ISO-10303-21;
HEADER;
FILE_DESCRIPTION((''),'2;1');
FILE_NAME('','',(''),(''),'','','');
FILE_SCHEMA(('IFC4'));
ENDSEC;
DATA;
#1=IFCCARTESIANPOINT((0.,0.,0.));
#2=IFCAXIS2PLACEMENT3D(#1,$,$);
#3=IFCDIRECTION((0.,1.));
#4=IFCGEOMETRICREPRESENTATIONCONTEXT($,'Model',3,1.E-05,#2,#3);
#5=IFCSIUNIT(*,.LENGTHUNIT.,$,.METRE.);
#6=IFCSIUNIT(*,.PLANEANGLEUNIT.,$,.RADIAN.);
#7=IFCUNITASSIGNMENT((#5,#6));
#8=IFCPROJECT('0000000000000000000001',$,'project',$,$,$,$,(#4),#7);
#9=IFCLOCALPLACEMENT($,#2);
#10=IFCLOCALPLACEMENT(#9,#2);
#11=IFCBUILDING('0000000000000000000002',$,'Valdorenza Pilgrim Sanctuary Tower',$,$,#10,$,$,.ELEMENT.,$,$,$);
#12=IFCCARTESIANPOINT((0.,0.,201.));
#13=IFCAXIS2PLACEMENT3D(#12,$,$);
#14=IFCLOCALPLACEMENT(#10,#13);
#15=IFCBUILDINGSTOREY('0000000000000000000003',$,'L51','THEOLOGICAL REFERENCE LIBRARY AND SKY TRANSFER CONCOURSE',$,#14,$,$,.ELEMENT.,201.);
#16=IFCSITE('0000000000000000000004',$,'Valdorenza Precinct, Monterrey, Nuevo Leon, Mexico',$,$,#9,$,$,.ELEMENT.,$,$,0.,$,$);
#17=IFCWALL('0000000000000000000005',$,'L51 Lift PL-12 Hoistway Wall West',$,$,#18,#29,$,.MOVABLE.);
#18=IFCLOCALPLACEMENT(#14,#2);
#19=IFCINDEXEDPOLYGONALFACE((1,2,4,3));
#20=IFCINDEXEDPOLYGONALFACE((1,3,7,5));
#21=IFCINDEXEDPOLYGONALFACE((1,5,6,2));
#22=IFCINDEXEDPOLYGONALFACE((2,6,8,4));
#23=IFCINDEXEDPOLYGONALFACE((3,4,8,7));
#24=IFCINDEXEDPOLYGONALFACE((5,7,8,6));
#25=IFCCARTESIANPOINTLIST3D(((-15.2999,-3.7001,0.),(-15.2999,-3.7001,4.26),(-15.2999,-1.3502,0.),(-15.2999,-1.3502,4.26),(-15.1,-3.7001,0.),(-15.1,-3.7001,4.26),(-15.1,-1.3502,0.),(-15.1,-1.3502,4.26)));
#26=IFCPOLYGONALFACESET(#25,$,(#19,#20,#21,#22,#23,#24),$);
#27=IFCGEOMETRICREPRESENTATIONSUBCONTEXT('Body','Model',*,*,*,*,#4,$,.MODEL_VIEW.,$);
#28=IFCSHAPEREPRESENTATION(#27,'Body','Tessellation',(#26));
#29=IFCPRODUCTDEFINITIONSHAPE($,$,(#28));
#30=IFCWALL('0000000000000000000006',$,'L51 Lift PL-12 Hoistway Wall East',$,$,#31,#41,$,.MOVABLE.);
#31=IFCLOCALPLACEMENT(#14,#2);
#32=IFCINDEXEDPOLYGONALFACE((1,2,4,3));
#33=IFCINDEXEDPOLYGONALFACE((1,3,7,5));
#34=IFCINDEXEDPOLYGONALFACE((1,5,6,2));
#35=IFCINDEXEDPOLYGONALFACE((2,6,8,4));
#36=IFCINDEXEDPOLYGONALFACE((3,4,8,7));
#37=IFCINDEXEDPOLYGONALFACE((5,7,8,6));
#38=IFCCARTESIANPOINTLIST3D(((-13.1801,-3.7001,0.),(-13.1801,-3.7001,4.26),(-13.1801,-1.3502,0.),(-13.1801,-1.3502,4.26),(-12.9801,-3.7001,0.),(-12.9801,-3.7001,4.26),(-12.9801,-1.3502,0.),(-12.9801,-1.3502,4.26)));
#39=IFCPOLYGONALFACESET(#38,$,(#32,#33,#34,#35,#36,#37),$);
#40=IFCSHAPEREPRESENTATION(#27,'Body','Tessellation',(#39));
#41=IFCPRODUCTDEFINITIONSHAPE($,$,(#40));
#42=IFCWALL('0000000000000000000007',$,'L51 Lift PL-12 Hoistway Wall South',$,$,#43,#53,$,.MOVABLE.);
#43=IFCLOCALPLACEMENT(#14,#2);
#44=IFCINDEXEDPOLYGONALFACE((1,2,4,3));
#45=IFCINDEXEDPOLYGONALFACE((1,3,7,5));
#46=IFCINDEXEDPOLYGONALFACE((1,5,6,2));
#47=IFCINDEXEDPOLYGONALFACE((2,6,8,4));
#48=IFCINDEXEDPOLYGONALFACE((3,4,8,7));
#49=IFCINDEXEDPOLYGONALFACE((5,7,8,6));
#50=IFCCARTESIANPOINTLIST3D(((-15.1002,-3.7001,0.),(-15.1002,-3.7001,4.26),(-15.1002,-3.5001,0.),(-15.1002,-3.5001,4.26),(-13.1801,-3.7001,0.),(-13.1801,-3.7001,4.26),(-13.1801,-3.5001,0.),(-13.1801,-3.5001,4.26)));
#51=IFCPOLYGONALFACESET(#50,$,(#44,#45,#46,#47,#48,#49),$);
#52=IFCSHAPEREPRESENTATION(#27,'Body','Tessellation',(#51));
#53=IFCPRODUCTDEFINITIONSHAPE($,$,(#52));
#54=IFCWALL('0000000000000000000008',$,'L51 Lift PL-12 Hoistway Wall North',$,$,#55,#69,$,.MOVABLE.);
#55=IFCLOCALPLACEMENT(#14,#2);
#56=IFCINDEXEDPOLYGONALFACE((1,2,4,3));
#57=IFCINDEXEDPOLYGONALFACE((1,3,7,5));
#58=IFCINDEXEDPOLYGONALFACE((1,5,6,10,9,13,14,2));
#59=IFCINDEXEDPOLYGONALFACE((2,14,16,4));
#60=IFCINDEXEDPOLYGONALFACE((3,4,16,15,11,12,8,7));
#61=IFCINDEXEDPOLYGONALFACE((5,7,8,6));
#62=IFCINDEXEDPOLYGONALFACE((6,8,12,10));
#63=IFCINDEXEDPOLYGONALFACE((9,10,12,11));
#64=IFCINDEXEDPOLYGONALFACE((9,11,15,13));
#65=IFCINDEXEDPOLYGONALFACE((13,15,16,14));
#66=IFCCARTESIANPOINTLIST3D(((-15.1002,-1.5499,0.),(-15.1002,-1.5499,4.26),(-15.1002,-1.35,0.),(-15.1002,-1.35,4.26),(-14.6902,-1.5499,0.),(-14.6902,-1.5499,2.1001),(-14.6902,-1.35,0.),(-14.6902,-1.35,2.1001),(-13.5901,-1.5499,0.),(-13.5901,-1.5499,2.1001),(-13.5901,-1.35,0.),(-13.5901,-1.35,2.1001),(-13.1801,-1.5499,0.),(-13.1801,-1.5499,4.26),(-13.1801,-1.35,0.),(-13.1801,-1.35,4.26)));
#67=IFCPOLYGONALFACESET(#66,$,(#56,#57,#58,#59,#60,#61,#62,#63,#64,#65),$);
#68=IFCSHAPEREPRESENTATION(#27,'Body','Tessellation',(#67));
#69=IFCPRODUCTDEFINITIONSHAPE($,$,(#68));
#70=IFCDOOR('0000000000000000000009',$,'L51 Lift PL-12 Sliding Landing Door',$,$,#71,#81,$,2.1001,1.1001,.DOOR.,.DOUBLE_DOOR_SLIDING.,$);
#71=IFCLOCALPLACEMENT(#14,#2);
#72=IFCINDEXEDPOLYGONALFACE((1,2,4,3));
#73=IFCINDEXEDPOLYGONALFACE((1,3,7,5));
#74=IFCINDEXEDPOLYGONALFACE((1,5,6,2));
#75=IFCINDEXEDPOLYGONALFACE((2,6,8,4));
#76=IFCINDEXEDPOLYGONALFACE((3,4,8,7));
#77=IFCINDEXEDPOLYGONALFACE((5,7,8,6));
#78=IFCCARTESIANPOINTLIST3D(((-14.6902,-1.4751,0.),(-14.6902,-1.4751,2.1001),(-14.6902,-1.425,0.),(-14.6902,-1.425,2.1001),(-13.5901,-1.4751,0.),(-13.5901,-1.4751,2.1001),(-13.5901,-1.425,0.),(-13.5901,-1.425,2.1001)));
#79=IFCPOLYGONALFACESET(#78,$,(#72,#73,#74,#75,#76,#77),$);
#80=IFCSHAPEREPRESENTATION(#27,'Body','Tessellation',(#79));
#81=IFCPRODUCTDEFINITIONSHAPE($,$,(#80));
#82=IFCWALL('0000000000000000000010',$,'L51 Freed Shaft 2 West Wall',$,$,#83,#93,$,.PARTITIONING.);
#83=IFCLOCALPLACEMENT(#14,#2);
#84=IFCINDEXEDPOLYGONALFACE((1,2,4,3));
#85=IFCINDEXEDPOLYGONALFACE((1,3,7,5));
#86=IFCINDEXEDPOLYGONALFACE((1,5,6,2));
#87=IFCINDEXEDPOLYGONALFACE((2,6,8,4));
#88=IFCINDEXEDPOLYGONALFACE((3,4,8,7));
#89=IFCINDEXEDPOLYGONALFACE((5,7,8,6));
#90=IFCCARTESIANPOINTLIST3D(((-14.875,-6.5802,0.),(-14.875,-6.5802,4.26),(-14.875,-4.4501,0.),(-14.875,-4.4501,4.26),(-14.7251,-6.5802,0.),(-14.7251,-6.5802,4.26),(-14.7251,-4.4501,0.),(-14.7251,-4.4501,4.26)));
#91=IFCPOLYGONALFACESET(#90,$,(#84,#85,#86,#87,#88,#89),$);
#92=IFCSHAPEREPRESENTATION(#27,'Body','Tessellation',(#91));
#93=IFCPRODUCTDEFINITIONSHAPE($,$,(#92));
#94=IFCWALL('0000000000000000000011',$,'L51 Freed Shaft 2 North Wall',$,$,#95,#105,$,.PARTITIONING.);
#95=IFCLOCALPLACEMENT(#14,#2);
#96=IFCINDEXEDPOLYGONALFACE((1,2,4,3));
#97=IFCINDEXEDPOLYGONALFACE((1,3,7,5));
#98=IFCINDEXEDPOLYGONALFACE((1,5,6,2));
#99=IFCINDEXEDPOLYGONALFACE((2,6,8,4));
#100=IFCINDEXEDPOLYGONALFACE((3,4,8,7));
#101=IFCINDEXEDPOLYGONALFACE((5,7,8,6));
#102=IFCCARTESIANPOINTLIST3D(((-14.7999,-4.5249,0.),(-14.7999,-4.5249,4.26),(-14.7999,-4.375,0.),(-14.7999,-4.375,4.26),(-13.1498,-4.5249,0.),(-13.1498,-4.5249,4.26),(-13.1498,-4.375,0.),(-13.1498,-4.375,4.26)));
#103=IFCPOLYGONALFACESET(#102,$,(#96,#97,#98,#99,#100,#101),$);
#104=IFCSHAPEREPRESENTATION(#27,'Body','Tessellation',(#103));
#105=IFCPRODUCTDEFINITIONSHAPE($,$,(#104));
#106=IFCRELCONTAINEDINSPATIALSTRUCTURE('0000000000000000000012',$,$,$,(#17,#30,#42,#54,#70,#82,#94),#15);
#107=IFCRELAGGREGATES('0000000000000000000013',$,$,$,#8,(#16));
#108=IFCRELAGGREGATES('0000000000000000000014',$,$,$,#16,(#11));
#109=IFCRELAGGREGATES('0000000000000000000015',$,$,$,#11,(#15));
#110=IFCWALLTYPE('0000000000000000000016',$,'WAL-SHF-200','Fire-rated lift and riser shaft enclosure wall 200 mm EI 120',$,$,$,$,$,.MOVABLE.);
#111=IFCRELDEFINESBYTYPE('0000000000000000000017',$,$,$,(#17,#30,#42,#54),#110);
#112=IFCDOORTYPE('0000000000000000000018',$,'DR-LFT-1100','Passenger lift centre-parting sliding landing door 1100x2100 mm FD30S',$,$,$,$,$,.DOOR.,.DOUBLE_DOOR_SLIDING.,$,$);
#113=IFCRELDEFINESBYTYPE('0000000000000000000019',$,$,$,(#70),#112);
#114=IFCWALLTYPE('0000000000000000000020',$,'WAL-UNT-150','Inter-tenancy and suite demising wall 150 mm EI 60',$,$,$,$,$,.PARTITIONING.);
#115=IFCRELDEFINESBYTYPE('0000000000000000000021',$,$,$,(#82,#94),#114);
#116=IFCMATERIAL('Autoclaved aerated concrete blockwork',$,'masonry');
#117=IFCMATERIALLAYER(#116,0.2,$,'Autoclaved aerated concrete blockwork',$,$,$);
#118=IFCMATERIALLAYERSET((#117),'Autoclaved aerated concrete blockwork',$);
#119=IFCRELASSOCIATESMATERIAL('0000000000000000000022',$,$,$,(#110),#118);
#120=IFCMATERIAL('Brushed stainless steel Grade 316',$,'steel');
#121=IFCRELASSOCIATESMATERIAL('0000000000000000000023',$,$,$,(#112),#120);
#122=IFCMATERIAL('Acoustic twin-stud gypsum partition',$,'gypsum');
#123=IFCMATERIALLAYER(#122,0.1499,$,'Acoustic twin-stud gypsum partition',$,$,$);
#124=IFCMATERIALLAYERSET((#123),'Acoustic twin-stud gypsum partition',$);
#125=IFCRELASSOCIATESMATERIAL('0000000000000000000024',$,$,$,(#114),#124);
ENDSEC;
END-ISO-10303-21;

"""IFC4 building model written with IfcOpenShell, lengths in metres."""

from ifc_helpers import new_model, si_unit, direction, frame, frame_2d, origin, place, context, subcontext, project, spatial, rectangle, extrude, material, layer, layer_set, type_object, element, fill, save


model = new_model("IFC4")

# Units and contexts
model_context = context("Model", 3, precision=1e-05, world=origin(), true_north=direction((0.0, 1.0)))
body_context = subcontext(model_context, "Body", "Model", "MODEL_VIEW")
ifc_project = project(units=[si_unit("LENGTHUNIT", "METRE"), si_unit("PLANEANGLEUNIT", "RADIAN")], contexts=[model_context])

# Site, building, storey
site_placement = place(None, origin())
site = spatial("IfcSite", under=ifc_project, at=site_placement, Name="Valdorenza Precinct, Monterrey, Nuevo Leon, Mexico", CompositionType="ELEMENT", RefElevation=0.0)
building_placement = place(site_placement, origin())
building = spatial("IfcBuilding", under=site, at=building_placement, Name="Valdorenza Pilgrim Sanctuary Tower", CompositionType="ELEMENT")
storey_placement = place(building_placement, frame((0.0, 0.0, 201.0)))
storey = spatial("IfcBuildingStorey", under=building, at=storey_placement, Name="L51", Description="THEOLOGICAL REFERENCE LIBRARY AND SKY TRANSFER CONCOURSE", CompositionType="ELEMENT", Elevation=201.0)

# Shared definitions
ifc_material_1 = material(Name="Acoustic twin-stud gypsum partition", Category="gypsum")

# Shared definitions
ifc_material_2 = material(Name="Autoclaved aerated concrete blockwork", Category="masonry")
ifc_layer_1 = layer(ifc_material_2, 0.2, Name="Autoclaved aerated concrete blockwork")
ifc_layer_set_1 = layer_set([ifc_layer_1], Name="Autoclaved aerated concrete blockwork")
wall_type_1 = type_object("IfcWallType", Name="WAL-SHF-200", Description="Fire-rated lift and riser shaft enclosure wall 200 mm EI 120", PredefinedType="MOVABLE", material=ifc_layer_set_1)

# Shared definitions
ifc_material_3 = material(Name="Brushed stainless steel Grade 316", Category="steel")
door_type_1 = type_object("IfcDoorType", Name="DR-LFT-1100", Description="Passenger lift centre-parting sliding landing door 1100x2100 mm FD30S", OperationType="DOUBLE_DOOR_SLIDING", PredefinedType="DOOR", material=ifc_material_3)

# Walls
for number, where, z_axis, x_axis, name in (
    (1, (-15.2, -3.7, 0.0), (0.0, 0.0, 1.0), (0.0, 1.0, 0.0), "L51 Lift PL-12 Hoistway Wall West"),
    (2, (-13.0801, -3.7, 0.0), (0.0, 0.0, 1.0), (0.0, 1.0, 0.0), "L51 Lift PL-12 Hoistway Wall East"),
):
    element("IfcWall", number, at=place(storey_placement, frame(where, z_axis=z_axis, x_axis=x_axis)), inside=storey, type_object=wall_type_1, Name=name, PredefinedType="MOVABLE", context=body_context, shape_type="SweptSolid", body=[
        extrude(rectangle(XDim=2.3499, YDim=0.2, at=frame_2d((1.1748, 0.0))), origin(), (0.0, 0.0, 1.0), 4.26),
    ])
wall_1_placement = place(storey_placement, frame((-15.1001, -3.6001, 0.0), z_axis=(0.0, 0.0, 1.0), x_axis=(1.0, 0.0, 0.0)))
element("IfcWall", 3, at=wall_1_placement, inside=storey, type_object=wall_type_1, Name="L51 Lift PL-12 Hoistway Wall South", PredefinedType="MOVABLE", context=body_context, shape_type="SweptSolid", body=[
    extrude(rectangle(XDim=1.9202, YDim=0.2, at=frame_2d((0.96, 0.0))), origin(), (0.0, 0.0, 1.0), 4.26),
])

# Wall, opening, door
wall_2_placement = place(storey_placement, frame((-15.1001, -1.45, 0.0), z_axis=(0.0, 0.0, 1.0), x_axis=(1.0, 0.0, 0.0)))
wall_2 = element("IfcWall", 4, at=wall_2_placement, inside=storey, type_object=wall_type_1, Name="L51 Lift PL-12 Hoistway Wall North", PredefinedType="MOVABLE", context=body_context, shape_type="SweptSolid", body=[
    extrude(rectangle(XDim=1.9202, YDim=0.2, at=frame_2d((0.96, 0.0))), origin(), (0.0, 0.0, 1.0), 4.26),
])
opening_1_placement = place(wall_2_placement, frame((0.4099, 0.0, 0.0)))
opening_1 = element("IfcOpeningElement", 5, at=opening_1_placement, cuts=wall_2, PredefinedType="OPENING", context=body_context, shape_type="SweptSolid", body=[
    extrude(rectangle(XDim=1.1001, YDim=2.1001, at=frame_2d((0.55, 1.05))), frame((0.0, 0.1147, 0.0), z_axis=(0.0, -1.0, 0.0), x_axis=(1.0, 0.0, 0.0)), (0.0, 0.0, 1.0), 0.2297),
])
door_1_placement = place(opening_1_placement, origin())
door_1 = element("IfcDoor", 6, at=door_1_placement, inside=storey, type_object=door_type_1, Name="L51 Lift PL-12 Sliding Landing Door", OperationType="DOUBLE_DOOR_SLIDING", OverallHeight=2.1001, OverallWidth=1.1001, PredefinedType="DOOR", context=body_context, shape_type="SweptSolid", body=[
    extrude(rectangle(XDim=1.1001, YDim=2.1001, at=frame_2d((0.55, 1.05))), frame((0.0, 0.0249, 0.0), z_axis=(0.0, -1.0, 0.0), x_axis=(1.0, 0.0, 0.0)), (0.0, 0.0, 1.0), 0.05),
])
fill(opening_1, door_1)

# Walls
ifc_layer_2 = layer(ifc_material_1, 0.1499, Name="Acoustic twin-stud gypsum partition")
ifc_layer_set_2 = layer_set([ifc_layer_2], Name="Acoustic twin-stud gypsum partition")
wall_type_2 = type_object("IfcWallType", Name="WAL-UNT-150", Description="Inter-tenancy and suite demising wall 150 mm EI 60", PredefinedType="PARTITIONING", material=ifc_layer_set_2)
wall_3_placement = place(storey_placement, frame((-14.8, -6.5801, 0.0), z_axis=(0.0, 0.0, 1.0), x_axis=(0.0, 1.0, 0.0)))
element("IfcWall", 7, at=wall_3_placement, inside=storey, type_object=wall_type_2, Name="L51 Freed Shaft 2 West Wall", PredefinedType="PARTITIONING", context=body_context, shape_type="SweptSolid", body=[
    extrude(rectangle(XDim=2.1301, YDim=0.1499, at=frame_2d((1.0649, 0.0))), origin(), (0.0, 0.0, 1.0), 4.26),
])
wall_4_placement = place(storey_placement, frame((-14.8, -4.45, 0.0), z_axis=(0.0, 0.0, 1.0), x_axis=(1.0, 0.0, 0.0)))
element("IfcWall", 8, at=wall_4_placement, inside=storey, type_object=wall_type_2, Name="L51 Freed Shaft 2 North Wall", PredefinedType="PARTITIONING", context=body_context, shape_type="SweptSolid", body=[
    extrude(rectangle(XDim=1.6501, YDim=0.1499, at=frame_2d((0.8252, 0.0))), origin(), (0.0, 0.0, 1.0), 4.26),
])

save(model, "model.ifc")
